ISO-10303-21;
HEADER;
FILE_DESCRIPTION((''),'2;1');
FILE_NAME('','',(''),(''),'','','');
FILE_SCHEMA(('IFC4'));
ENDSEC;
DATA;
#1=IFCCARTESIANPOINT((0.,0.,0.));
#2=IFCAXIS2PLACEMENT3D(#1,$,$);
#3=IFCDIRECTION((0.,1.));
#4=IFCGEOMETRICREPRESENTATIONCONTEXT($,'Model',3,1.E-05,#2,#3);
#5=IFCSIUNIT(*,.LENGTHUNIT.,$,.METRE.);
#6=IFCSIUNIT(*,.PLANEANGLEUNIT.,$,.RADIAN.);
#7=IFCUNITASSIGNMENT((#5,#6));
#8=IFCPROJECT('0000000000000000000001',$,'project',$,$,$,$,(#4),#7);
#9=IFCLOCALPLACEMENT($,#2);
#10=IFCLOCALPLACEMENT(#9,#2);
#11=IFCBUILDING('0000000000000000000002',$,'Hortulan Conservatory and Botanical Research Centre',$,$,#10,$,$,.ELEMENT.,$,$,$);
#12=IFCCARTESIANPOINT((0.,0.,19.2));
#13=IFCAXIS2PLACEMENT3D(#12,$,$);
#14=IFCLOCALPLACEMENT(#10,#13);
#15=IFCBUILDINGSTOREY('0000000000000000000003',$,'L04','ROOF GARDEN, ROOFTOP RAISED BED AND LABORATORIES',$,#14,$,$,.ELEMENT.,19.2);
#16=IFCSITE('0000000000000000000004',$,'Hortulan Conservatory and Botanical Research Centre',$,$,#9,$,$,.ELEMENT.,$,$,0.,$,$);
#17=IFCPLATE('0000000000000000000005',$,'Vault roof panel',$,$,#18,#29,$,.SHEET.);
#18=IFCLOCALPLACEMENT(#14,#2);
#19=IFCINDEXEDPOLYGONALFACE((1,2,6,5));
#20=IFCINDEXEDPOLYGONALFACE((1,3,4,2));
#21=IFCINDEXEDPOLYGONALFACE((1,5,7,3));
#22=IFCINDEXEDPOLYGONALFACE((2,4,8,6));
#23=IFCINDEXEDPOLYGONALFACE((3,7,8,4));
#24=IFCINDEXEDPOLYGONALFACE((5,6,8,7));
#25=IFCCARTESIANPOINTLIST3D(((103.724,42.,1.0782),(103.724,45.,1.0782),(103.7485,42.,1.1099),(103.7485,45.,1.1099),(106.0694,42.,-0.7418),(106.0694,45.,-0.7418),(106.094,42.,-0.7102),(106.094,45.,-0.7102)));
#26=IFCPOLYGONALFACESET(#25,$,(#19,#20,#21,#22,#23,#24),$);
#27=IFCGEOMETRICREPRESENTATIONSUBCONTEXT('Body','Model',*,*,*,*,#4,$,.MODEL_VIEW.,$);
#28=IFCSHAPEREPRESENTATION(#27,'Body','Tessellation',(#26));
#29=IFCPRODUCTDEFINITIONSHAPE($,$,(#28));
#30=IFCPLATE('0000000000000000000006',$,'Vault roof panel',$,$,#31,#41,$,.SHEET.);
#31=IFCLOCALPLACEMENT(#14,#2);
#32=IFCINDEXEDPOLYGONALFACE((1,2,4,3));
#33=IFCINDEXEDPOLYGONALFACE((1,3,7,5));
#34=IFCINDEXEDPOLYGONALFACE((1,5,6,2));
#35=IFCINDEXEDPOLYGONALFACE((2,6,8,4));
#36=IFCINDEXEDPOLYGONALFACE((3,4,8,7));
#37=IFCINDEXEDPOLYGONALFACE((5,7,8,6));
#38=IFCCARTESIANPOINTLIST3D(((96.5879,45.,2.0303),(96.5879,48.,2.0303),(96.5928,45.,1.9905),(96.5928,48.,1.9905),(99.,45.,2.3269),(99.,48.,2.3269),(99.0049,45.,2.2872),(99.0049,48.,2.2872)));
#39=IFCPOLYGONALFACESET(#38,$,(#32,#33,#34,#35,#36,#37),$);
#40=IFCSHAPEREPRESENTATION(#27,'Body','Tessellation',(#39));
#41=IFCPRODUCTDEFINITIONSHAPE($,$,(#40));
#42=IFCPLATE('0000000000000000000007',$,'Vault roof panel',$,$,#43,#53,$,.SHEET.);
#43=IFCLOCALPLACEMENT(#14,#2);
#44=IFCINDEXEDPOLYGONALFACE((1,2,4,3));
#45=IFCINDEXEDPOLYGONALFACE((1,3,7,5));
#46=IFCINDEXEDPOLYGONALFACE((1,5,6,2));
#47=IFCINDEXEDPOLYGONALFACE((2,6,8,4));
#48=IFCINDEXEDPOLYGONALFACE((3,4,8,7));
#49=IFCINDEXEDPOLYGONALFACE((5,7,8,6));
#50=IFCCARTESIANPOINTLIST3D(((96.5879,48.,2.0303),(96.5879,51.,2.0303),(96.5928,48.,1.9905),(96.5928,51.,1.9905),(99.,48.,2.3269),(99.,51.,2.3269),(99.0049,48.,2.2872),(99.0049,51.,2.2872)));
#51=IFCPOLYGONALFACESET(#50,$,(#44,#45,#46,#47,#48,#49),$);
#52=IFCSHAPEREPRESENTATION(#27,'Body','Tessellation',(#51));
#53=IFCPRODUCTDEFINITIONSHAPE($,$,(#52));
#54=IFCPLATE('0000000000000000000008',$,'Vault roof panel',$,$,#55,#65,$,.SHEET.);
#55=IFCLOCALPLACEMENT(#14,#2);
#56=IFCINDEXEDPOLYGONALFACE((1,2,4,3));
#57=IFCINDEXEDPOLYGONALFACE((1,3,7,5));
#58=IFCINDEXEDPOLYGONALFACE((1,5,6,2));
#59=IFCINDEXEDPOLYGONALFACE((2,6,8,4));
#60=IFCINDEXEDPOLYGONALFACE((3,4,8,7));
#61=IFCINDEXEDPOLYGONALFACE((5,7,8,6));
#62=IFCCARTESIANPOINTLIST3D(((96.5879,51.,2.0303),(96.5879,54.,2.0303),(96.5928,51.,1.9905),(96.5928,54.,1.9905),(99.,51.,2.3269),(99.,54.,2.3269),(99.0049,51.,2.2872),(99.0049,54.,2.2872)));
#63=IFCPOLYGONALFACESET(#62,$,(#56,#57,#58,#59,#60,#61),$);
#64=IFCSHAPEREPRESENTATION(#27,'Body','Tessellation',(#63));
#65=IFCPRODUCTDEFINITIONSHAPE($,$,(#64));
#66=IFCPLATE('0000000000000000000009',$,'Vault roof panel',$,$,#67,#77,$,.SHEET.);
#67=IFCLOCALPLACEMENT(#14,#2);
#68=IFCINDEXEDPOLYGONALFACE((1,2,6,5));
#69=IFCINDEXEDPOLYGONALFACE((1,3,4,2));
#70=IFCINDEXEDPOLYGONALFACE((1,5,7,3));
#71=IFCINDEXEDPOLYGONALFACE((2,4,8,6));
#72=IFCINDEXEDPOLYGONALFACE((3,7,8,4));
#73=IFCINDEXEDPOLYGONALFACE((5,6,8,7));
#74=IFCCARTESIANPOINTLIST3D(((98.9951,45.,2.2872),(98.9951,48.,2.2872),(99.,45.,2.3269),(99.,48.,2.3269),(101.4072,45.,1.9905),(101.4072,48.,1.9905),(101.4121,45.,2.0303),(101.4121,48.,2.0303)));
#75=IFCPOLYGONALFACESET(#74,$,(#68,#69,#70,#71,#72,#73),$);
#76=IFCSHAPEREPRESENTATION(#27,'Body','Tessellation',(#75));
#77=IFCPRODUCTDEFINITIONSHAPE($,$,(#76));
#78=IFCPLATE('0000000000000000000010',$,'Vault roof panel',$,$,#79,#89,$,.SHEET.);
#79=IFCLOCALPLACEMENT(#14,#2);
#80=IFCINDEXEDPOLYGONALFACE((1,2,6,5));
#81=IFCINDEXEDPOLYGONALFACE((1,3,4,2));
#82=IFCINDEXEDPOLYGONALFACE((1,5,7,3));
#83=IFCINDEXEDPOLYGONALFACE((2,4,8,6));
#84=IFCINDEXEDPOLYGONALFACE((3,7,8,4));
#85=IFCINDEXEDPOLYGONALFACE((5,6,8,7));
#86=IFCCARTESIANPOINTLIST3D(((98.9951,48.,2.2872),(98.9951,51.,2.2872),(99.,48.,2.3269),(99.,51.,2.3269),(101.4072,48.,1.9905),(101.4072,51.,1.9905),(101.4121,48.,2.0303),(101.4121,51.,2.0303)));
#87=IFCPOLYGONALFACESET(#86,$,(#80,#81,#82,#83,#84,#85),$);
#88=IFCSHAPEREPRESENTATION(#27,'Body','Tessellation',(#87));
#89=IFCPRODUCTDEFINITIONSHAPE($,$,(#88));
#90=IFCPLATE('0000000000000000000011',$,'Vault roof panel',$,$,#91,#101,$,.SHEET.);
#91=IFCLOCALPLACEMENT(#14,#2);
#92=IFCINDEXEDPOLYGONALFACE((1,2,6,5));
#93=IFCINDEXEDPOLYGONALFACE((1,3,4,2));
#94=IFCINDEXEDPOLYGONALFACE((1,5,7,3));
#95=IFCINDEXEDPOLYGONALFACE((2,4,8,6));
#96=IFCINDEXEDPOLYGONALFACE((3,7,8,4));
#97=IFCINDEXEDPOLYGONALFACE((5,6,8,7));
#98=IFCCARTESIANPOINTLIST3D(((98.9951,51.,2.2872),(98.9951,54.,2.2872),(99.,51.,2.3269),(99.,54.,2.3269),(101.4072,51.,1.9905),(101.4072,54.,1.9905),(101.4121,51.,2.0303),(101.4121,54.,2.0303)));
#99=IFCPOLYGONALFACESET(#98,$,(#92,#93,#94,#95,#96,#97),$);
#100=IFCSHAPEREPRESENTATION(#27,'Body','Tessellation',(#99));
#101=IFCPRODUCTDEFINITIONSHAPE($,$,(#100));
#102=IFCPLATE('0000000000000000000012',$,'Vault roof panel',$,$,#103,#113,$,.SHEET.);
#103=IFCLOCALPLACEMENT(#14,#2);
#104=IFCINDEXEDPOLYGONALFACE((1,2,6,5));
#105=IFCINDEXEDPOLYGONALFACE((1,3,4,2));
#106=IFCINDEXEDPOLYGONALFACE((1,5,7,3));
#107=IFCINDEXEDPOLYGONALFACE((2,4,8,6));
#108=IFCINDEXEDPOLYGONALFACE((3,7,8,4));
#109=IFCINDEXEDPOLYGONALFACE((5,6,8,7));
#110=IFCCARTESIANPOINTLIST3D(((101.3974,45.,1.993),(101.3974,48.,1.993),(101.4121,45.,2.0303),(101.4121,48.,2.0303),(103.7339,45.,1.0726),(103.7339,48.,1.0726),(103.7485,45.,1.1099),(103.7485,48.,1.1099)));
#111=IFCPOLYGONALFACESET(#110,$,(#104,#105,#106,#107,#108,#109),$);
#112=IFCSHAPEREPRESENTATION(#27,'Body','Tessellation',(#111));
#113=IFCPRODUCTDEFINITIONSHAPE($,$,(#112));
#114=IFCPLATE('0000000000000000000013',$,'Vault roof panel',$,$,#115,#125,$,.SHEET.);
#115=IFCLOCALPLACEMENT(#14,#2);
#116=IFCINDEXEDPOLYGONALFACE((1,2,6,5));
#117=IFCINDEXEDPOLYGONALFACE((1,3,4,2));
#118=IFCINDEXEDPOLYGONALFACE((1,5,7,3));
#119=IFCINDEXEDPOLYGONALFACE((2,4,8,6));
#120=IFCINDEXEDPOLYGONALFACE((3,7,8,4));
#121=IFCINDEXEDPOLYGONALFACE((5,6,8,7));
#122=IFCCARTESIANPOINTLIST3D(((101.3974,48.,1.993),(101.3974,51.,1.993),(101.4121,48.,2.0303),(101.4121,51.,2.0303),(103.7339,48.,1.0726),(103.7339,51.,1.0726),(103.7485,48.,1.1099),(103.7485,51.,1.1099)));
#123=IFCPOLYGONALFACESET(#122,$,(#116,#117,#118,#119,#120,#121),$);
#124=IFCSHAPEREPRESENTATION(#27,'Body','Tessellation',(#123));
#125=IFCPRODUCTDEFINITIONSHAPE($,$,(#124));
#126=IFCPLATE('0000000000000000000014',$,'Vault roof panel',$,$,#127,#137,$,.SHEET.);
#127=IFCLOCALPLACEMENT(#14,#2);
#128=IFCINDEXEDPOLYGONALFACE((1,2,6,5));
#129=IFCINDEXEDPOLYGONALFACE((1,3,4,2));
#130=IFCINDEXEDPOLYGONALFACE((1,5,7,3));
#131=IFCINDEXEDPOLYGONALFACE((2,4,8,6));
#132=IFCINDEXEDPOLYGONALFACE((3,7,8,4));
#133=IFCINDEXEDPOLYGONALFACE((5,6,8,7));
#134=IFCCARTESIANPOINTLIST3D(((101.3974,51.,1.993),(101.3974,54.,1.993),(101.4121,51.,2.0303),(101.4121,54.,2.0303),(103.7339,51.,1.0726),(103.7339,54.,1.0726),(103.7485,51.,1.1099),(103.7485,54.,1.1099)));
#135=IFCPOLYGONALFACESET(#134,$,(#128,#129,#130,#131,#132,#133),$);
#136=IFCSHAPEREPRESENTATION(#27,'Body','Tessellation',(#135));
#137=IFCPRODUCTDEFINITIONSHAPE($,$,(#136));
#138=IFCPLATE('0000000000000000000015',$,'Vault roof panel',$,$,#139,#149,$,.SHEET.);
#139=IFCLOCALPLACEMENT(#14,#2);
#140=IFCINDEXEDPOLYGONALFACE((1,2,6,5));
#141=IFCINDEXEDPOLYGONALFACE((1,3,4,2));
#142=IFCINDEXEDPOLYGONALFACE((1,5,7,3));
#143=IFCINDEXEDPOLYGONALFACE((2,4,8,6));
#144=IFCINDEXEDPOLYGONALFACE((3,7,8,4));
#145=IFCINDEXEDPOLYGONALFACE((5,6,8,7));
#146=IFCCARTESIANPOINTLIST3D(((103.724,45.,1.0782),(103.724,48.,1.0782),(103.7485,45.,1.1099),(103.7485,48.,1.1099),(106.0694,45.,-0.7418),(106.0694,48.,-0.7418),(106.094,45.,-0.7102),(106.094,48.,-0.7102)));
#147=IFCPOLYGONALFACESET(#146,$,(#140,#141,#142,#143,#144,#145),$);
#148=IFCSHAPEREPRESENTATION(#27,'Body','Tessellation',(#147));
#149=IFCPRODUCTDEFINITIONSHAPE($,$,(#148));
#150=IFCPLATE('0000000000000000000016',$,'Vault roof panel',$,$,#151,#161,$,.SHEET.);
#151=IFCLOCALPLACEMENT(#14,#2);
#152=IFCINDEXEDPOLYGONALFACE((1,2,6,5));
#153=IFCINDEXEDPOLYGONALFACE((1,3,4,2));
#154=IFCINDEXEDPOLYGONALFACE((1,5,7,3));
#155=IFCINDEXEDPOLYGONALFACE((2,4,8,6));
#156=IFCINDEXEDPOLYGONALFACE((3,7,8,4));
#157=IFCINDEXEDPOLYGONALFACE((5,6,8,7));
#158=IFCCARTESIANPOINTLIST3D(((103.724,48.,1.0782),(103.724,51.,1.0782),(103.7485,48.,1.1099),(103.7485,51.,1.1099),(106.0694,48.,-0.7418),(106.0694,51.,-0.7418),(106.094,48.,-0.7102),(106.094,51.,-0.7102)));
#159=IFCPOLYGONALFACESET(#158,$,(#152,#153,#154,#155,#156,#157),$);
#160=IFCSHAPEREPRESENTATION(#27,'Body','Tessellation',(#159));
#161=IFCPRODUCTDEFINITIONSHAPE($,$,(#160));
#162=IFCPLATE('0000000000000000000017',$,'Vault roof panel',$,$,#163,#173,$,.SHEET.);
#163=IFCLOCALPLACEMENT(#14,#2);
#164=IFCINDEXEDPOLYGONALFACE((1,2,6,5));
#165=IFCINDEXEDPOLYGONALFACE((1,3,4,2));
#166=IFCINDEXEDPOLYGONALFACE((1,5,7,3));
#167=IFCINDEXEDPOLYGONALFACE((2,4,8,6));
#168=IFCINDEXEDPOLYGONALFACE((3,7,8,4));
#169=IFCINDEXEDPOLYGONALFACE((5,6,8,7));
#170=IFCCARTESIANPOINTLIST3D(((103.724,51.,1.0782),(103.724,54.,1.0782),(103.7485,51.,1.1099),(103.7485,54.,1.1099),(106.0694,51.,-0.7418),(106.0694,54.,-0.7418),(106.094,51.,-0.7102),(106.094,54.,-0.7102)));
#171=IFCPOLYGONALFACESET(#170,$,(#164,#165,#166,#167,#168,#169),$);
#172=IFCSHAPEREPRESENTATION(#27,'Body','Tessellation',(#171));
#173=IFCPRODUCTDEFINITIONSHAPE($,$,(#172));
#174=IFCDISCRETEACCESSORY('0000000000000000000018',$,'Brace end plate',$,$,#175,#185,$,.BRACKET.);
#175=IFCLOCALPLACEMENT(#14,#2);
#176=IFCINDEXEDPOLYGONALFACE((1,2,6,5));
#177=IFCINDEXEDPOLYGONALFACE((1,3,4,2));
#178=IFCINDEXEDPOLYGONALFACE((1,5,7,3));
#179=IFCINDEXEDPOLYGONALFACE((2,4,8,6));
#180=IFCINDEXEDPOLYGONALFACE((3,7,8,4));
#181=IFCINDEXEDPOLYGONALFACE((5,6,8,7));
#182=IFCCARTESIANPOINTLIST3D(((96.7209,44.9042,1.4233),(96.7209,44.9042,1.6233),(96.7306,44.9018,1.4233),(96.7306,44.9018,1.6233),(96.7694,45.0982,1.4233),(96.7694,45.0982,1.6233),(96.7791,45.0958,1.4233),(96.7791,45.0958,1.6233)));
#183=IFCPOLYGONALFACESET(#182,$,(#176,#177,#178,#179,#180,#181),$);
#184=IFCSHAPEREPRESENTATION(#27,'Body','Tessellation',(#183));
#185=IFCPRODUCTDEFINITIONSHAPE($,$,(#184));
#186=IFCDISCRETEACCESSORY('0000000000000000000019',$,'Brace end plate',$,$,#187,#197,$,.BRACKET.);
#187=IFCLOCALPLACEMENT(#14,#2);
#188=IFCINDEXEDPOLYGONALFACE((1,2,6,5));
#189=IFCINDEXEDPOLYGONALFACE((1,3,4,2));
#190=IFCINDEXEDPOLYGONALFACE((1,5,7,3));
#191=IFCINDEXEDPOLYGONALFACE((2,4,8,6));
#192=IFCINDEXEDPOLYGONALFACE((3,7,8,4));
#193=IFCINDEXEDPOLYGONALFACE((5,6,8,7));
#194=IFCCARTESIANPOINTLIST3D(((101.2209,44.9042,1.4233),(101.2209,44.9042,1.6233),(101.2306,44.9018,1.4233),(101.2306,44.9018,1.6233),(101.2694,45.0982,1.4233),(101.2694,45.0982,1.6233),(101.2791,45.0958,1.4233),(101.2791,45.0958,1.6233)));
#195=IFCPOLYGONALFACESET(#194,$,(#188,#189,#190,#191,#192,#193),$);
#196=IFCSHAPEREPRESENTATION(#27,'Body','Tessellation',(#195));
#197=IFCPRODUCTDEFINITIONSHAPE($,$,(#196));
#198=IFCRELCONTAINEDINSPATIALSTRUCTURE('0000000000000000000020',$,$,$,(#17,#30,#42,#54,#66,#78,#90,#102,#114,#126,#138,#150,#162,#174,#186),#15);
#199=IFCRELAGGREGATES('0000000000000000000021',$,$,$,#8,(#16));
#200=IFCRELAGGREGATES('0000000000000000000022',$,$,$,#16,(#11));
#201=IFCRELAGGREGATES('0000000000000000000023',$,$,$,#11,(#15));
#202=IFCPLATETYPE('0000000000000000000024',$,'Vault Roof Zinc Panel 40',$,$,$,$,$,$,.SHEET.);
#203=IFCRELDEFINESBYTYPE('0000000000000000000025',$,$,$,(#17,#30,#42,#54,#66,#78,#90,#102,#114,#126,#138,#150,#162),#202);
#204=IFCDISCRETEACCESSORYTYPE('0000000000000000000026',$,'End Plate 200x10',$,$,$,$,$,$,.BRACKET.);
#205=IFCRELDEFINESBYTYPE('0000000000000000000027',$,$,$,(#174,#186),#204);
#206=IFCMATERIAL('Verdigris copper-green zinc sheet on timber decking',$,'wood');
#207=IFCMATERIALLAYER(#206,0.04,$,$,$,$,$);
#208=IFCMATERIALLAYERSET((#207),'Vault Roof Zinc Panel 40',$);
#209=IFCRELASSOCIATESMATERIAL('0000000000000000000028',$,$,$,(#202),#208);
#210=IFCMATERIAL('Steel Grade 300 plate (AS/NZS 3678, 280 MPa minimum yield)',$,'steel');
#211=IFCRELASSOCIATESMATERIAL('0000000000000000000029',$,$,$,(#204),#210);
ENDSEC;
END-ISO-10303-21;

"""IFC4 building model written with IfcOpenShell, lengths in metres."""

from ifc_helpers import new_model, si_unit, direction, frame, origin, origin_2d, place, context, subcontext, project, spatial, polyline, rectangle, outline, extrude, material, layer, layer_set, type_object, element, save


model = new_model("IFC4")

# Units and contexts
model_context = context("Model", 3, precision=1e-05, world=origin(), true_north=direction((0.0, 1.0)))
body_context = subcontext(model_context, "Body", "Model", "MODEL_VIEW")
ifc_project = project(units=[si_unit("LENGTHUNIT", "METRE"), si_unit("PLANEANGLEUNIT", "RADIAN")], contexts=[model_context])

# Site, building, storey
site_placement = place(None, origin())
site = spatial("IfcSite", under=ifc_project, at=site_placement, Name="Hortulan Conservatory and Botanical Research Centre", CompositionType="ELEMENT", RefElevation=0.0)
building_placement = place(site_placement, origin())
building = spatial("IfcBuilding", under=site, at=building_placement, Name="Hortulan Conservatory and Botanical Research Centre", CompositionType="ELEMENT")
storey_placement = place(building_placement, frame((0.0, 0.0, 19.2)))
storey = spatial("IfcBuildingStorey", under=building, at=storey_placement, Name="L04", Description="ROOF GARDEN, ROOFTOP RAISED BED AND LABORATORIES", CompositionType="ELEMENT", Elevation=19.2)

# Plates
ifc_material_1 = material(Name="Verdigris copper-green zinc sheet on timber decking", Category="wood")
ifc_layer = layer(ifc_material_1, 0.04)
ifc_layer_set = layer_set([ifc_layer], Name="Vault Roof Zinc Panel 40")
plate_type = type_object("IfcPlateType", Name="Vault Roof Zinc Panel 40", PredefinedType="SHEET", material=ifc_layer_set)
plate_1_placement = place(storey_placement, frame((103.7485, 42.0, 1.1099), z_axis=(0.613063, 0.0, 0.790034), x_axis=(0.790034, 0.0, -0.613063)))
element("IfcPlate", 1, at=plate_1_placement, inside=storey, type_object=plate_type, Name="Vault roof panel", PredefinedType="SHEET", context=body_context, shape_type="SweptSolid", body=[
    extrude(outline(polyline([(0.0, 0.0), (2.9688, 0.0), (2.9688, 3.0), (0.0, 3.0), (0.0, 0.0)])), origin(), (0.0, 0.0, -1.0), 0.04),
])
for number, where, z_axis, x_axis, name in (
    (2, (96.5879, 45.0, 2.0303), (-0.122056, 0.0, 0.992523), (0.992523, 0.0, 0.122056), "Vault roof panel"),
    (3, (96.5879, 48.0, 2.0303), (-0.122056, 0.0, 0.992523), (0.992523, 0.0, 0.122056), "Vault roof panel"),
    (4, (96.5879, 51.0, 2.0303), (-0.122056, 0.0, 0.992523), (0.992523, 0.0, 0.122056), "Vault roof panel"),
    (5, (99.0, 45.0, 2.3269), (0.122056, 0.0, 0.992523), (0.992523, 0.0, -0.122056), "Vault roof panel"),
    (6, (99.0, 48.0, 2.3269), (0.122056, 0.0, 0.992523), (0.992523, 0.0, -0.122056), "Vault roof panel"),
    (7, (99.0, 51.0, 2.3269), (0.122056, 0.0, 0.992523), (0.992523, 0.0, -0.122056), "Vault roof panel"),
):
    element("IfcPlate", number, at=place(storey_placement, frame(where, z_axis=z_axis, x_axis=x_axis)), inside=storey, type_object=plate_type, Name=name, PredefinedType="SHEET", context=body_context, shape_type="SweptSolid", body=[
        extrude(outline(polyline([(0.0, 0.0), (2.4303, 0.0), (2.4303, 3.0), (0.0, 3.0), (0.0, 0.0)])), origin(), (0.0, 0.0, -1.0), 0.04),
    ])
for number, where, z_axis, x_axis, name in (
    (8, (101.4121, 45.0, 2.0303), (0.366525, 0.0, 0.930408), (0.930408, 0.0, -0.366525), "Vault roof panel"),
    (9, (101.4121, 48.0, 2.0303), (0.366525, 0.0, 0.930408), (0.930408, 0.0, -0.366525), "Vault roof panel"),
    (10, (101.4121, 51.0, 2.0303), (0.366525, 0.0, 0.930408), (0.930408, 0.0, -0.366525), "Vault roof panel"),
):
    element("IfcPlate", number, at=place(storey_placement, frame(where, z_axis=z_axis, x_axis=x_axis)), inside=storey, type_object=plate_type, Name=name, PredefinedType="SHEET", context=body_context, shape_type="SweptSolid", body=[
        extrude(outline(polyline([(0.0, 0.0), (2.5112, 0.0), (2.5112, 3.0), (0.0, 3.0), (0.0, 0.0)])), origin(), (0.0, 0.0, -1.0), 0.04),
    ])
for number, where, z_axis, x_axis, name in (
    (11, (103.7485, 45.0, 1.1099), (0.613063, 0.0, 0.790034), (0.790034, 0.0, -0.613063), "Vault roof panel"),
    (12, (103.7485, 48.0, 1.1099), (0.613063, 0.0, 0.790034), (0.790034, 0.0, -0.613063), "Vault roof panel"),
    (13, (103.7485, 51.0, 1.1099), (0.613063, 0.0, 0.790034), (0.790034, 0.0, -0.613063), "Vault roof panel"),
):
    element("IfcPlate", number, at=place(storey_placement, frame(where, z_axis=z_axis, x_axis=x_axis)), inside=storey, type_object=plate_type, Name=name, PredefinedType="SHEET", context=body_context, shape_type="SweptSolid", body=[
        extrude(outline(polyline([(0.0, 0.0), (2.9688, 0.0), (2.9688, 3.0), (0.0, 3.0), (0.0, 0.0)])), origin(), (0.0, 0.0, -1.0), 0.04),
    ])

# Discrete accessories
ifc_material_2 = material(Name="Steel Grade 300 plate (AS/NZS 3678, 280 MPa minimum yield)", Category="steel")
discrete_accessory_type = type_object("IfcDiscreteAccessoryType", Name="End Plate 200x10", PredefinedType="BRACKET", material=ifc_material_2)
for number, where, z_axis, x_axis, name in (
    (14, (96.75, 45.0, 1.4233), (0.0, 0.0, 1.0), (0.242532, 0.970144, 0.0), "Brace end plate"),
    (15, (101.25, 45.0, 1.4233), (0.0, 0.0, 1.0), (0.242532, 0.970144, 0.0), "Brace end plate"),
):
    element("IfcDiscreteAccessory", number, at=place(storey_placement, frame(where, z_axis=z_axis, x_axis=x_axis)), inside=storey, type_object=discrete_accessory_type, Name=name, PredefinedType="BRACKET", context=body_context, shape_type="SweptSolid", body=[
        extrude(rectangle(XDim=0.2, YDim=0.01, at=origin_2d()), origin(), (0.0, 0.0, 1.0), 0.2),
    ])

save(model, "model.ifc")
